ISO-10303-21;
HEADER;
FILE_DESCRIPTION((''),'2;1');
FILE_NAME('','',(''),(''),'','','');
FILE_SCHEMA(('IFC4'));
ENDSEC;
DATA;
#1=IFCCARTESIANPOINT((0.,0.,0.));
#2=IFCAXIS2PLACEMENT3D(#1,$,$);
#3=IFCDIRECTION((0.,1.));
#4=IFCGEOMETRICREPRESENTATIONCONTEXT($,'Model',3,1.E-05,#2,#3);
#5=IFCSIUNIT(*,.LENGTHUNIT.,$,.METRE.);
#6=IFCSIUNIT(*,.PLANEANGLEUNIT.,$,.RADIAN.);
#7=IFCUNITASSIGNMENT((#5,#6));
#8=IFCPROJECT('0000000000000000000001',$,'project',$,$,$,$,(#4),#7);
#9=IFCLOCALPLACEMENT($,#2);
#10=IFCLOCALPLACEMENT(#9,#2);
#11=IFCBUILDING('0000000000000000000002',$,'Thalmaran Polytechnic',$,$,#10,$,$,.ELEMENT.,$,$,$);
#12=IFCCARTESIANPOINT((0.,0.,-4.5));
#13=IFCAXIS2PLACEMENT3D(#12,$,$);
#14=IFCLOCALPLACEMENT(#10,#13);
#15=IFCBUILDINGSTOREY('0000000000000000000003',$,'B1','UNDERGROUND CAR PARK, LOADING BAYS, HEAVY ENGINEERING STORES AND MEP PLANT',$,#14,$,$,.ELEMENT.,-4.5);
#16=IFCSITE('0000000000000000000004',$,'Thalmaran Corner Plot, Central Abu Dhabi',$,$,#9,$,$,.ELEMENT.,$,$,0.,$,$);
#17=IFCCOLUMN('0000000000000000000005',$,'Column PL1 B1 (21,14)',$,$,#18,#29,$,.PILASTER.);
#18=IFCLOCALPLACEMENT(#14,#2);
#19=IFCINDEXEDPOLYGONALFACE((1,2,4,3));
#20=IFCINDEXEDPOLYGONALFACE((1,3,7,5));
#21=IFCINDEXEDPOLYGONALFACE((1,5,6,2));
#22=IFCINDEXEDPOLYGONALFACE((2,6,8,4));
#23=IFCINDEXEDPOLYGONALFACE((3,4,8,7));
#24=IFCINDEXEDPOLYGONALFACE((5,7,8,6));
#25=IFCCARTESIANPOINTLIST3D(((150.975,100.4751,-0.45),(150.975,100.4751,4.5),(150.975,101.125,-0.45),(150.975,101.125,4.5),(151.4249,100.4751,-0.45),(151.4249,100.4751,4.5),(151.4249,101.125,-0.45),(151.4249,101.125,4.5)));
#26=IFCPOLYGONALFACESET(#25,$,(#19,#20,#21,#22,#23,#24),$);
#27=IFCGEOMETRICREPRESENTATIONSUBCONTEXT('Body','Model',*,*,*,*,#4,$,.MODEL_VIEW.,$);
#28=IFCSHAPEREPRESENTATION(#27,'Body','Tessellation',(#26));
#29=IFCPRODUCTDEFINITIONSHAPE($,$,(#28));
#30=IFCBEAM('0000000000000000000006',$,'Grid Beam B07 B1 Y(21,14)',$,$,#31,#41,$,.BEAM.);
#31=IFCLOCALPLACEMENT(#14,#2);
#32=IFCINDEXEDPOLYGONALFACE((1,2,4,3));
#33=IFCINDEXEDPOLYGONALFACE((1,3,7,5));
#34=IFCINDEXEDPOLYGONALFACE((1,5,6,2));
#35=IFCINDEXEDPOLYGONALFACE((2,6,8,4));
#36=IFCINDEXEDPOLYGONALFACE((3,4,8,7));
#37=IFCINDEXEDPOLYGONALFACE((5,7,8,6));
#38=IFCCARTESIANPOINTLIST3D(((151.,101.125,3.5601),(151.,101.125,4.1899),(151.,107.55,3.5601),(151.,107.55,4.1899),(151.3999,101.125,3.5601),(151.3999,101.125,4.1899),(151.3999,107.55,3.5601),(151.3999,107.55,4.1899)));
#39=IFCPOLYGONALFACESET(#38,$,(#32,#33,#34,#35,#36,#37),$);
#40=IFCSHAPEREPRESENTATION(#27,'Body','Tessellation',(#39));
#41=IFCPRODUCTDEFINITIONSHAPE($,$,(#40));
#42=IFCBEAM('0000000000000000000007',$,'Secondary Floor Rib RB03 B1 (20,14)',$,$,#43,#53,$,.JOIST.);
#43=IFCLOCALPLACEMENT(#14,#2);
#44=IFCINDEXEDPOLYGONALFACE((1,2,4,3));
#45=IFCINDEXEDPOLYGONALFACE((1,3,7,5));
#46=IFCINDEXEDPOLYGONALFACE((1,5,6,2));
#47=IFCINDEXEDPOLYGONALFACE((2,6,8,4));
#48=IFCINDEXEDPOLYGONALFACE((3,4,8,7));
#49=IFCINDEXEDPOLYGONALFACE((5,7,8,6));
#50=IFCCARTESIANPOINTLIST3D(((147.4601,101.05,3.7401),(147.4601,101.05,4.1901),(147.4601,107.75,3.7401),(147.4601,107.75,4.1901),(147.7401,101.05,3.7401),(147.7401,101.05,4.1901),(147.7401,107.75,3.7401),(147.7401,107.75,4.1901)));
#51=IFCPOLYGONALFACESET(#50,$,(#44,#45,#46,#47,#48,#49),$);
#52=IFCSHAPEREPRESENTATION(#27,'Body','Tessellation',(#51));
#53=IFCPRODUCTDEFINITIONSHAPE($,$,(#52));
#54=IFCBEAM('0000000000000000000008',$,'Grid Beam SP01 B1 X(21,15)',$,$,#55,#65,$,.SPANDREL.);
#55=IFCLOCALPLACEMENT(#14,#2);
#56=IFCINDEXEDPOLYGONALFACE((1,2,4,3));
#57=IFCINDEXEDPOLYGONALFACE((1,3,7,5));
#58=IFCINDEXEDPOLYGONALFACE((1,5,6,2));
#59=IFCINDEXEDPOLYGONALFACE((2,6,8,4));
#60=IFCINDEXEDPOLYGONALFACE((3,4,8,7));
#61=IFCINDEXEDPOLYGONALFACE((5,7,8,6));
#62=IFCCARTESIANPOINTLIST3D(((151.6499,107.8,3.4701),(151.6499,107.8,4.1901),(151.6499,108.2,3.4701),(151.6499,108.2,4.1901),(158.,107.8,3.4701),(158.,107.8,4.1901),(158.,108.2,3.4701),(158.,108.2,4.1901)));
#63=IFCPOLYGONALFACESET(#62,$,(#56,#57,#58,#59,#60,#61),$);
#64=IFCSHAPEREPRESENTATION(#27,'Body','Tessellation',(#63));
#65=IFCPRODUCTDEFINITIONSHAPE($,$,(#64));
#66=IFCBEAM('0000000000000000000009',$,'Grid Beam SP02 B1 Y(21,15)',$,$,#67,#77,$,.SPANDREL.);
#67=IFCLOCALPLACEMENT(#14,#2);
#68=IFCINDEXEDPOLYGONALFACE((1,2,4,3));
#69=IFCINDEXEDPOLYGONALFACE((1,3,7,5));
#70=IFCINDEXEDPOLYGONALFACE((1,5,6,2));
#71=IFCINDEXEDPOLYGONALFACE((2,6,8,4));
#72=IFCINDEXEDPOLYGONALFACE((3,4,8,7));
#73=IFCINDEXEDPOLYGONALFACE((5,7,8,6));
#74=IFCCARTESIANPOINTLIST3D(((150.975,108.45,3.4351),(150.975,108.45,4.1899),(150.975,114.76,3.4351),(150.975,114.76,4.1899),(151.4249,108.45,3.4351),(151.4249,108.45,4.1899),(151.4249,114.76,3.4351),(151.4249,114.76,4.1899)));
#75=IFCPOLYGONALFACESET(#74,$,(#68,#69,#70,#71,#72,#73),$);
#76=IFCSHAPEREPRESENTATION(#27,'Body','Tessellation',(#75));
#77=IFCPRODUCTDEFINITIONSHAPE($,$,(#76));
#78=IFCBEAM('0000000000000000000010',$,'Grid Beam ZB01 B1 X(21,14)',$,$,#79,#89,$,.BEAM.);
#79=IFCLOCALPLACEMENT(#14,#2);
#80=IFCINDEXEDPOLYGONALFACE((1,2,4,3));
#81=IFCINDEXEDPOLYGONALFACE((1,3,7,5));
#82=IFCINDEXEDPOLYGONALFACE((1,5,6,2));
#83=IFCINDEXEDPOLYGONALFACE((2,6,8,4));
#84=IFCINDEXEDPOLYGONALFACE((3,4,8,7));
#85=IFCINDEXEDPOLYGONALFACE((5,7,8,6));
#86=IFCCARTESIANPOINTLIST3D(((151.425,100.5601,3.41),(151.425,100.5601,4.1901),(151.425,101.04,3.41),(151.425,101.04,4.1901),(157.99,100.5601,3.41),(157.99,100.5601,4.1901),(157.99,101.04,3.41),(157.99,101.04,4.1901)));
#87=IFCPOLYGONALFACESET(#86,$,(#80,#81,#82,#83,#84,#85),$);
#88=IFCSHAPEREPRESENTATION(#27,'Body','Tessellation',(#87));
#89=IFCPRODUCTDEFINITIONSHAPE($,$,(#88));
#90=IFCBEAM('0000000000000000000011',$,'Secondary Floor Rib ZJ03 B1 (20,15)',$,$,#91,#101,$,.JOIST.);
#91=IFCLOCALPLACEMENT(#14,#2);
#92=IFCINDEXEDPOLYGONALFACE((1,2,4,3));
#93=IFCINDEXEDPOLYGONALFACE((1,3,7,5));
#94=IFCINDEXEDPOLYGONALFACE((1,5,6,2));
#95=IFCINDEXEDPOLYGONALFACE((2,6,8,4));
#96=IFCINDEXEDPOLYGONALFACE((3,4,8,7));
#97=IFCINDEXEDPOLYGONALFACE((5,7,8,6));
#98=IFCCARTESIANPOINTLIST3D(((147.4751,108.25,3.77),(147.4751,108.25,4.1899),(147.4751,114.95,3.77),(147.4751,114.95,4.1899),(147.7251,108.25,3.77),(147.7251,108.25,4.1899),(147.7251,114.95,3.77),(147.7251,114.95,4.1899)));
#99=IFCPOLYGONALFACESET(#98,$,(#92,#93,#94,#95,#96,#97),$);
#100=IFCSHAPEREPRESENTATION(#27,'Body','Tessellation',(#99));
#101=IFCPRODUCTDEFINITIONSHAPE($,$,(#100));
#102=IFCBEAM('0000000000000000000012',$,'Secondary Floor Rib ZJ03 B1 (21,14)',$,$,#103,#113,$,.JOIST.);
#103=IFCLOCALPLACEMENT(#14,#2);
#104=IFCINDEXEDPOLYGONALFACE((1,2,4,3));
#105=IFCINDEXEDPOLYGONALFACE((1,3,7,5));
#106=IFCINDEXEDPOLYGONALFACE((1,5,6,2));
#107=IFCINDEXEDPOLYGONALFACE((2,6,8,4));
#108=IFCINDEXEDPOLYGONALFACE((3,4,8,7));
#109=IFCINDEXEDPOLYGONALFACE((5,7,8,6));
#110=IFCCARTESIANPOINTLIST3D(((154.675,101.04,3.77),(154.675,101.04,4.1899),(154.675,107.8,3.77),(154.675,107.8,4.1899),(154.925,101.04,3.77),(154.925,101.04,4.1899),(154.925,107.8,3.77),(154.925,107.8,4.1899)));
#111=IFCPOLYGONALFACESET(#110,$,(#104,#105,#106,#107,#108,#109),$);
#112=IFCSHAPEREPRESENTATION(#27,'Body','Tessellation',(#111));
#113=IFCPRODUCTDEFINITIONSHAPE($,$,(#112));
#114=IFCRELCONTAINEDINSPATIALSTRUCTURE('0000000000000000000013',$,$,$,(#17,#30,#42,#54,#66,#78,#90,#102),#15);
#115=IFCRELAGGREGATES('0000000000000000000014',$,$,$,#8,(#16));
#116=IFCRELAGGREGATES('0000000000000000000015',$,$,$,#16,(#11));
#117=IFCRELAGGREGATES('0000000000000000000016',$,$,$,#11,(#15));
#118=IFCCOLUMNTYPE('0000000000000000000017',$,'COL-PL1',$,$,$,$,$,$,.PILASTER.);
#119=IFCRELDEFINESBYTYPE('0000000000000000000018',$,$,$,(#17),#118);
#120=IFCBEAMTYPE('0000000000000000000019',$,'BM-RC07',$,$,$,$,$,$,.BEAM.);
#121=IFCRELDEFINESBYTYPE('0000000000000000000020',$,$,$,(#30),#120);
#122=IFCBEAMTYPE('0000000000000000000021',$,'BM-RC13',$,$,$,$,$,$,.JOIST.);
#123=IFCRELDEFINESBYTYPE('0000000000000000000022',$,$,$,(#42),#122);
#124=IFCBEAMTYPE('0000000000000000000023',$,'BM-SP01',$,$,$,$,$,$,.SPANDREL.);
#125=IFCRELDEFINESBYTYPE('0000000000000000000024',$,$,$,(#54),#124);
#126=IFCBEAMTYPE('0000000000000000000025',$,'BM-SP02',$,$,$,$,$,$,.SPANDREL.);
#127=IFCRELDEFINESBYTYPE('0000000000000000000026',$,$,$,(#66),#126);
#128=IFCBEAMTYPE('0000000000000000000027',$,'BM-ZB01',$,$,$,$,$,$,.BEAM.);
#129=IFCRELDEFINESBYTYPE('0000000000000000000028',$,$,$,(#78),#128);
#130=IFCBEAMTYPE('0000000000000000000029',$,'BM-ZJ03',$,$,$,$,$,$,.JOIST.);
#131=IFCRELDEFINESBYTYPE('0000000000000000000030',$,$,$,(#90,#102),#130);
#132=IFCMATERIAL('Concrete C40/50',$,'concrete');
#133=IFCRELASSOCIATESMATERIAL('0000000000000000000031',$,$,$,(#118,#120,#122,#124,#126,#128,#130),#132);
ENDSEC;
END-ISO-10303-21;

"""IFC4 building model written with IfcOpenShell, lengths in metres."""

from ifc_helpers import new_model, si_unit, direction, frame, origin, origin_2d, place, context, subcontext, project, spatial, rectangle, extrude, material, material_profile, profile_set, type_object, element, save


model = new_model("IFC4")

# Units and contexts
model_context = context("Model", 3, precision=1e-05, world=origin(), true_north=direction((0.0, 1.0)))
body_context = subcontext(model_context, "Body", "Model", "MODEL_VIEW")
ifc_project = project(units=[si_unit("LENGTHUNIT", "METRE"), si_unit("PLANEANGLEUNIT", "RADIAN")], contexts=[model_context])

# Site, building, storey
site_placement = place(None, origin())
site = spatial("IfcSite", under=ifc_project, at=site_placement, Name="Thalmaran Corner Plot, Central Abu Dhabi", CompositionType="ELEMENT", RefElevation=0.0)
building_placement = place(site_placement, origin())
building = spatial("IfcBuilding", under=site, at=building_placement, Name="Thalmaran Polytechnic", CompositionType="ELEMENT")
storey_placement = place(building_placement, frame((0.0, 0.0, -4.5)))
storey = spatial("IfcBuildingStorey", under=building, at=storey_placement, Name="B1", Description="UNDERGROUND CAR PARK, LOADING BAYS, HEAVY ENGINEERING STORES AND MEP PLANT", CompositionType="ELEMENT", Elevation=-4.5)

# Shared definitions
ifc_material_1 = material(Name="Concrete C40/50", Category="concrete")

# Column
ifc_material_profile_1 = material_profile(ifc_material_1, rectangle(XDim=0.45, YDim=0.6499, at=origin_2d()), Name="RC 450x650")
ifc_profile_set_1 = profile_set([ifc_material_profile_1], Name="Concrete C40/50")
column_type_1 = type_object("IfcColumnType", Name="COL-PL1", PredefinedType="PILASTER", material=ifc_profile_set_1)
column_1_placement = place(storey_placement, frame((151.2, 100.8, -0.45), z_axis=(0.0, 0.0, 1.0), x_axis=(1.0, 0.0, 0.0)))
element("IfcColumn", 1, at=column_1_placement, inside=storey, type_object=column_type_1, Name="Column PL1 B1 (21,14)", PredefinedType="PILASTER", context=body_context, shape_type="SweptSolid", body=[
    extrude(rectangle(XDim=0.45, YDim=0.6499, at=origin_2d()), origin(), (0.0, 0.0, 1.0), 4.95),
])

# Beams
ifc_material_profile_2 = material_profile(ifc_material_1, rectangle(XDim=0.3999, YDim=0.6299, at=origin_2d()), Name="RC 400x630")
ifc_profile_set_2 = profile_set([ifc_material_profile_2], Name="Concrete C40/50")
beam_type_1 = type_object("IfcBeamType", Name="BM-RC07", PredefinedType="BEAM", material=ifc_profile_set_2)
beam_1_placement = place(storey_placement, frame((151.2, 101.125, 3.875), z_axis=(0.0, 1.0, 0.0), x_axis=(-1.0, 0.0, 0.0)))
element("IfcBeam", 2, at=beam_1_placement, inside=storey, type_object=beam_type_1, Name="Grid Beam B07 B1 Y(21,14)", PredefinedType="BEAM", context=body_context, shape_type="SweptSolid", body=[
    extrude(rectangle(XDim=0.3999, YDim=0.6299, at=origin_2d()), origin(), (0.0, 0.0, 1.0), 6.425),
])
ifc_material_profile_3 = material_profile(ifc_material_1, rectangle(XDim=0.28, YDim=0.45, at=origin_2d()), Name="RC 280x450")
ifc_profile_set_3 = profile_set([ifc_material_profile_3], Name="Concrete C40/50")
beam_type_2 = type_object("IfcBeamType", Name="BM-RC13", PredefinedType="JOIST", material=ifc_profile_set_3)
beam_2_placement = place(storey_placement, frame((147.6001, 101.05, 3.9651), z_axis=(0.0, 1.0, 0.0), x_axis=(-1.0, 0.0, 0.0)))
element("IfcBeam", 3, at=beam_2_placement, inside=storey, type_object=beam_type_2, Name="Secondary Floor Rib RB03 B1 (20,14)", PredefinedType="JOIST", context=body_context, shape_type="SweptSolid", body=[
    extrude(rectangle(XDim=0.28, YDim=0.45, at=origin_2d()), origin(), (0.0, 0.0, 1.0), 6.7),
])
ifc_material_profile_4 = material_profile(ifc_material_1, rectangle(XDim=0.3999, YDim=0.72, at=origin_2d()), Name="RC 400x720")
ifc_profile_set_4 = profile_set([ifc_material_profile_4], Name="Concrete C40/50")
beam_type_3 = type_object("IfcBeamType", Name="BM-SP01", PredefinedType="SPANDREL", material=ifc_profile_set_4)
beam_3_placement = place(storey_placement, frame((151.6499, 108.0, 3.8301), z_axis=(1.0, 0.0, 0.0), x_axis=(0.0, 1.0, 0.0)))
element("IfcBeam", 4, at=beam_3_placement, inside=storey, type_object=beam_type_3, Name="Grid Beam SP01 B1 X(21,15)", PredefinedType="SPANDREL", context=body_context, shape_type="SweptSolid", body=[
    extrude(rectangle(XDim=0.3999, YDim=0.72, at=origin_2d()), origin(), (0.0, 0.0, 1.0), 6.3501),
])
ifc_material_profile_5 = material_profile(ifc_material_1, rectangle(XDim=0.45, YDim=0.7549, at=origin_2d()), Name="RC 450x755")
ifc_profile_set_5 = profile_set([ifc_material_profile_5], Name="Concrete C40/50")
beam_type_4 = type_object("IfcBeamType", Name="BM-SP02", PredefinedType="SPANDREL", material=ifc_profile_set_5)
beam_4_placement = place(storey_placement, frame((151.2, 108.45, 3.8125), z_axis=(0.0, 1.0, 0.0), x_axis=(-1.0, 0.0, 0.0)))
element("IfcBeam", 5, at=beam_4_placement, inside=storey, type_object=beam_type_4, Name="Grid Beam SP02 B1 Y(21,15)", PredefinedType="SPANDREL", context=body_context, shape_type="SweptSolid", body=[
    extrude(rectangle(XDim=0.45, YDim=0.7549, at=origin_2d()), origin(), (0.0, 0.0, 1.0), 6.3101),
])
ifc_material_profile_6 = material_profile(ifc_material_1, rectangle(XDim=0.48, YDim=0.78, at=origin_2d()), Name="RC 480x780")
ifc_profile_set_6 = profile_set([ifc_material_profile_6], Name="Concrete C40/50")
beam_type_5 = type_object("IfcBeamType", Name="BM-ZB01", PredefinedType="BEAM", material=ifc_profile_set_6)
beam_5_placement = place(storey_placement, frame((151.425, 100.8, 3.8), z_axis=(1.0, 0.0, 0.0), x_axis=(0.0, 1.0, 0.0)))
element("IfcBeam", 6, at=beam_5_placement, inside=storey, type_object=beam_type_5, Name="Grid Beam ZB01 B1 X(21,14)", PredefinedType="BEAM", context=body_context, shape_type="SweptSolid", body=[
    extrude(rectangle(XDim=0.48, YDim=0.78, at=origin_2d()), origin(), (0.0, 0.0, 1.0), 6.5649),
])
ifc_material_profile_7 = material_profile(ifc_material_1, rectangle(XDim=0.25, YDim=0.4199, at=origin_2d()), Name="RC 250x420")
ifc_profile_set_7 = profile_set([ifc_material_profile_7], Name="Concrete C40/50")
beam_type_6 = type_object("IfcBeamType", Name="BM-ZJ03", PredefinedType="JOIST", material=ifc_profile_set_7)
beam_6_placement = place(storey_placement, frame((147.6001, 108.25, 3.98), z_axis=(0.0, 1.0, 0.0), x_axis=(-1.0, 0.0, 0.0)))
element("IfcBeam", 7, at=beam_6_placement, inside=storey, type_object=beam_type_6, Name="Secondary Floor Rib ZJ03 B1 (20,15)", PredefinedType="JOIST", context=body_context, shape_type="SweptSolid", body=[
    extrude(rectangle(XDim=0.25, YDim=0.4199, at=origin_2d()), origin(), (0.0, 0.0, 1.0), 6.7),
])
beam_7_placement = place(storey_placement, frame((154.8, 101.04, 3.98), z_axis=(0.0, 1.0, 0.0), x_axis=(-1.0, 0.0, 0.0)))
element("IfcBeam", 8, at=beam_7_placement, inside=storey, type_object=beam_type_6, Name="Secondary Floor Rib ZJ03 B1 (21,14)", PredefinedType="JOIST", context=body_context, shape_type="SweptSolid", body=[
    extrude(rectangle(XDim=0.25, YDim=0.4199, at=origin_2d()), origin(), (0.0, 0.0, 1.0), 6.76),
])

save(model, "model.ifc")
